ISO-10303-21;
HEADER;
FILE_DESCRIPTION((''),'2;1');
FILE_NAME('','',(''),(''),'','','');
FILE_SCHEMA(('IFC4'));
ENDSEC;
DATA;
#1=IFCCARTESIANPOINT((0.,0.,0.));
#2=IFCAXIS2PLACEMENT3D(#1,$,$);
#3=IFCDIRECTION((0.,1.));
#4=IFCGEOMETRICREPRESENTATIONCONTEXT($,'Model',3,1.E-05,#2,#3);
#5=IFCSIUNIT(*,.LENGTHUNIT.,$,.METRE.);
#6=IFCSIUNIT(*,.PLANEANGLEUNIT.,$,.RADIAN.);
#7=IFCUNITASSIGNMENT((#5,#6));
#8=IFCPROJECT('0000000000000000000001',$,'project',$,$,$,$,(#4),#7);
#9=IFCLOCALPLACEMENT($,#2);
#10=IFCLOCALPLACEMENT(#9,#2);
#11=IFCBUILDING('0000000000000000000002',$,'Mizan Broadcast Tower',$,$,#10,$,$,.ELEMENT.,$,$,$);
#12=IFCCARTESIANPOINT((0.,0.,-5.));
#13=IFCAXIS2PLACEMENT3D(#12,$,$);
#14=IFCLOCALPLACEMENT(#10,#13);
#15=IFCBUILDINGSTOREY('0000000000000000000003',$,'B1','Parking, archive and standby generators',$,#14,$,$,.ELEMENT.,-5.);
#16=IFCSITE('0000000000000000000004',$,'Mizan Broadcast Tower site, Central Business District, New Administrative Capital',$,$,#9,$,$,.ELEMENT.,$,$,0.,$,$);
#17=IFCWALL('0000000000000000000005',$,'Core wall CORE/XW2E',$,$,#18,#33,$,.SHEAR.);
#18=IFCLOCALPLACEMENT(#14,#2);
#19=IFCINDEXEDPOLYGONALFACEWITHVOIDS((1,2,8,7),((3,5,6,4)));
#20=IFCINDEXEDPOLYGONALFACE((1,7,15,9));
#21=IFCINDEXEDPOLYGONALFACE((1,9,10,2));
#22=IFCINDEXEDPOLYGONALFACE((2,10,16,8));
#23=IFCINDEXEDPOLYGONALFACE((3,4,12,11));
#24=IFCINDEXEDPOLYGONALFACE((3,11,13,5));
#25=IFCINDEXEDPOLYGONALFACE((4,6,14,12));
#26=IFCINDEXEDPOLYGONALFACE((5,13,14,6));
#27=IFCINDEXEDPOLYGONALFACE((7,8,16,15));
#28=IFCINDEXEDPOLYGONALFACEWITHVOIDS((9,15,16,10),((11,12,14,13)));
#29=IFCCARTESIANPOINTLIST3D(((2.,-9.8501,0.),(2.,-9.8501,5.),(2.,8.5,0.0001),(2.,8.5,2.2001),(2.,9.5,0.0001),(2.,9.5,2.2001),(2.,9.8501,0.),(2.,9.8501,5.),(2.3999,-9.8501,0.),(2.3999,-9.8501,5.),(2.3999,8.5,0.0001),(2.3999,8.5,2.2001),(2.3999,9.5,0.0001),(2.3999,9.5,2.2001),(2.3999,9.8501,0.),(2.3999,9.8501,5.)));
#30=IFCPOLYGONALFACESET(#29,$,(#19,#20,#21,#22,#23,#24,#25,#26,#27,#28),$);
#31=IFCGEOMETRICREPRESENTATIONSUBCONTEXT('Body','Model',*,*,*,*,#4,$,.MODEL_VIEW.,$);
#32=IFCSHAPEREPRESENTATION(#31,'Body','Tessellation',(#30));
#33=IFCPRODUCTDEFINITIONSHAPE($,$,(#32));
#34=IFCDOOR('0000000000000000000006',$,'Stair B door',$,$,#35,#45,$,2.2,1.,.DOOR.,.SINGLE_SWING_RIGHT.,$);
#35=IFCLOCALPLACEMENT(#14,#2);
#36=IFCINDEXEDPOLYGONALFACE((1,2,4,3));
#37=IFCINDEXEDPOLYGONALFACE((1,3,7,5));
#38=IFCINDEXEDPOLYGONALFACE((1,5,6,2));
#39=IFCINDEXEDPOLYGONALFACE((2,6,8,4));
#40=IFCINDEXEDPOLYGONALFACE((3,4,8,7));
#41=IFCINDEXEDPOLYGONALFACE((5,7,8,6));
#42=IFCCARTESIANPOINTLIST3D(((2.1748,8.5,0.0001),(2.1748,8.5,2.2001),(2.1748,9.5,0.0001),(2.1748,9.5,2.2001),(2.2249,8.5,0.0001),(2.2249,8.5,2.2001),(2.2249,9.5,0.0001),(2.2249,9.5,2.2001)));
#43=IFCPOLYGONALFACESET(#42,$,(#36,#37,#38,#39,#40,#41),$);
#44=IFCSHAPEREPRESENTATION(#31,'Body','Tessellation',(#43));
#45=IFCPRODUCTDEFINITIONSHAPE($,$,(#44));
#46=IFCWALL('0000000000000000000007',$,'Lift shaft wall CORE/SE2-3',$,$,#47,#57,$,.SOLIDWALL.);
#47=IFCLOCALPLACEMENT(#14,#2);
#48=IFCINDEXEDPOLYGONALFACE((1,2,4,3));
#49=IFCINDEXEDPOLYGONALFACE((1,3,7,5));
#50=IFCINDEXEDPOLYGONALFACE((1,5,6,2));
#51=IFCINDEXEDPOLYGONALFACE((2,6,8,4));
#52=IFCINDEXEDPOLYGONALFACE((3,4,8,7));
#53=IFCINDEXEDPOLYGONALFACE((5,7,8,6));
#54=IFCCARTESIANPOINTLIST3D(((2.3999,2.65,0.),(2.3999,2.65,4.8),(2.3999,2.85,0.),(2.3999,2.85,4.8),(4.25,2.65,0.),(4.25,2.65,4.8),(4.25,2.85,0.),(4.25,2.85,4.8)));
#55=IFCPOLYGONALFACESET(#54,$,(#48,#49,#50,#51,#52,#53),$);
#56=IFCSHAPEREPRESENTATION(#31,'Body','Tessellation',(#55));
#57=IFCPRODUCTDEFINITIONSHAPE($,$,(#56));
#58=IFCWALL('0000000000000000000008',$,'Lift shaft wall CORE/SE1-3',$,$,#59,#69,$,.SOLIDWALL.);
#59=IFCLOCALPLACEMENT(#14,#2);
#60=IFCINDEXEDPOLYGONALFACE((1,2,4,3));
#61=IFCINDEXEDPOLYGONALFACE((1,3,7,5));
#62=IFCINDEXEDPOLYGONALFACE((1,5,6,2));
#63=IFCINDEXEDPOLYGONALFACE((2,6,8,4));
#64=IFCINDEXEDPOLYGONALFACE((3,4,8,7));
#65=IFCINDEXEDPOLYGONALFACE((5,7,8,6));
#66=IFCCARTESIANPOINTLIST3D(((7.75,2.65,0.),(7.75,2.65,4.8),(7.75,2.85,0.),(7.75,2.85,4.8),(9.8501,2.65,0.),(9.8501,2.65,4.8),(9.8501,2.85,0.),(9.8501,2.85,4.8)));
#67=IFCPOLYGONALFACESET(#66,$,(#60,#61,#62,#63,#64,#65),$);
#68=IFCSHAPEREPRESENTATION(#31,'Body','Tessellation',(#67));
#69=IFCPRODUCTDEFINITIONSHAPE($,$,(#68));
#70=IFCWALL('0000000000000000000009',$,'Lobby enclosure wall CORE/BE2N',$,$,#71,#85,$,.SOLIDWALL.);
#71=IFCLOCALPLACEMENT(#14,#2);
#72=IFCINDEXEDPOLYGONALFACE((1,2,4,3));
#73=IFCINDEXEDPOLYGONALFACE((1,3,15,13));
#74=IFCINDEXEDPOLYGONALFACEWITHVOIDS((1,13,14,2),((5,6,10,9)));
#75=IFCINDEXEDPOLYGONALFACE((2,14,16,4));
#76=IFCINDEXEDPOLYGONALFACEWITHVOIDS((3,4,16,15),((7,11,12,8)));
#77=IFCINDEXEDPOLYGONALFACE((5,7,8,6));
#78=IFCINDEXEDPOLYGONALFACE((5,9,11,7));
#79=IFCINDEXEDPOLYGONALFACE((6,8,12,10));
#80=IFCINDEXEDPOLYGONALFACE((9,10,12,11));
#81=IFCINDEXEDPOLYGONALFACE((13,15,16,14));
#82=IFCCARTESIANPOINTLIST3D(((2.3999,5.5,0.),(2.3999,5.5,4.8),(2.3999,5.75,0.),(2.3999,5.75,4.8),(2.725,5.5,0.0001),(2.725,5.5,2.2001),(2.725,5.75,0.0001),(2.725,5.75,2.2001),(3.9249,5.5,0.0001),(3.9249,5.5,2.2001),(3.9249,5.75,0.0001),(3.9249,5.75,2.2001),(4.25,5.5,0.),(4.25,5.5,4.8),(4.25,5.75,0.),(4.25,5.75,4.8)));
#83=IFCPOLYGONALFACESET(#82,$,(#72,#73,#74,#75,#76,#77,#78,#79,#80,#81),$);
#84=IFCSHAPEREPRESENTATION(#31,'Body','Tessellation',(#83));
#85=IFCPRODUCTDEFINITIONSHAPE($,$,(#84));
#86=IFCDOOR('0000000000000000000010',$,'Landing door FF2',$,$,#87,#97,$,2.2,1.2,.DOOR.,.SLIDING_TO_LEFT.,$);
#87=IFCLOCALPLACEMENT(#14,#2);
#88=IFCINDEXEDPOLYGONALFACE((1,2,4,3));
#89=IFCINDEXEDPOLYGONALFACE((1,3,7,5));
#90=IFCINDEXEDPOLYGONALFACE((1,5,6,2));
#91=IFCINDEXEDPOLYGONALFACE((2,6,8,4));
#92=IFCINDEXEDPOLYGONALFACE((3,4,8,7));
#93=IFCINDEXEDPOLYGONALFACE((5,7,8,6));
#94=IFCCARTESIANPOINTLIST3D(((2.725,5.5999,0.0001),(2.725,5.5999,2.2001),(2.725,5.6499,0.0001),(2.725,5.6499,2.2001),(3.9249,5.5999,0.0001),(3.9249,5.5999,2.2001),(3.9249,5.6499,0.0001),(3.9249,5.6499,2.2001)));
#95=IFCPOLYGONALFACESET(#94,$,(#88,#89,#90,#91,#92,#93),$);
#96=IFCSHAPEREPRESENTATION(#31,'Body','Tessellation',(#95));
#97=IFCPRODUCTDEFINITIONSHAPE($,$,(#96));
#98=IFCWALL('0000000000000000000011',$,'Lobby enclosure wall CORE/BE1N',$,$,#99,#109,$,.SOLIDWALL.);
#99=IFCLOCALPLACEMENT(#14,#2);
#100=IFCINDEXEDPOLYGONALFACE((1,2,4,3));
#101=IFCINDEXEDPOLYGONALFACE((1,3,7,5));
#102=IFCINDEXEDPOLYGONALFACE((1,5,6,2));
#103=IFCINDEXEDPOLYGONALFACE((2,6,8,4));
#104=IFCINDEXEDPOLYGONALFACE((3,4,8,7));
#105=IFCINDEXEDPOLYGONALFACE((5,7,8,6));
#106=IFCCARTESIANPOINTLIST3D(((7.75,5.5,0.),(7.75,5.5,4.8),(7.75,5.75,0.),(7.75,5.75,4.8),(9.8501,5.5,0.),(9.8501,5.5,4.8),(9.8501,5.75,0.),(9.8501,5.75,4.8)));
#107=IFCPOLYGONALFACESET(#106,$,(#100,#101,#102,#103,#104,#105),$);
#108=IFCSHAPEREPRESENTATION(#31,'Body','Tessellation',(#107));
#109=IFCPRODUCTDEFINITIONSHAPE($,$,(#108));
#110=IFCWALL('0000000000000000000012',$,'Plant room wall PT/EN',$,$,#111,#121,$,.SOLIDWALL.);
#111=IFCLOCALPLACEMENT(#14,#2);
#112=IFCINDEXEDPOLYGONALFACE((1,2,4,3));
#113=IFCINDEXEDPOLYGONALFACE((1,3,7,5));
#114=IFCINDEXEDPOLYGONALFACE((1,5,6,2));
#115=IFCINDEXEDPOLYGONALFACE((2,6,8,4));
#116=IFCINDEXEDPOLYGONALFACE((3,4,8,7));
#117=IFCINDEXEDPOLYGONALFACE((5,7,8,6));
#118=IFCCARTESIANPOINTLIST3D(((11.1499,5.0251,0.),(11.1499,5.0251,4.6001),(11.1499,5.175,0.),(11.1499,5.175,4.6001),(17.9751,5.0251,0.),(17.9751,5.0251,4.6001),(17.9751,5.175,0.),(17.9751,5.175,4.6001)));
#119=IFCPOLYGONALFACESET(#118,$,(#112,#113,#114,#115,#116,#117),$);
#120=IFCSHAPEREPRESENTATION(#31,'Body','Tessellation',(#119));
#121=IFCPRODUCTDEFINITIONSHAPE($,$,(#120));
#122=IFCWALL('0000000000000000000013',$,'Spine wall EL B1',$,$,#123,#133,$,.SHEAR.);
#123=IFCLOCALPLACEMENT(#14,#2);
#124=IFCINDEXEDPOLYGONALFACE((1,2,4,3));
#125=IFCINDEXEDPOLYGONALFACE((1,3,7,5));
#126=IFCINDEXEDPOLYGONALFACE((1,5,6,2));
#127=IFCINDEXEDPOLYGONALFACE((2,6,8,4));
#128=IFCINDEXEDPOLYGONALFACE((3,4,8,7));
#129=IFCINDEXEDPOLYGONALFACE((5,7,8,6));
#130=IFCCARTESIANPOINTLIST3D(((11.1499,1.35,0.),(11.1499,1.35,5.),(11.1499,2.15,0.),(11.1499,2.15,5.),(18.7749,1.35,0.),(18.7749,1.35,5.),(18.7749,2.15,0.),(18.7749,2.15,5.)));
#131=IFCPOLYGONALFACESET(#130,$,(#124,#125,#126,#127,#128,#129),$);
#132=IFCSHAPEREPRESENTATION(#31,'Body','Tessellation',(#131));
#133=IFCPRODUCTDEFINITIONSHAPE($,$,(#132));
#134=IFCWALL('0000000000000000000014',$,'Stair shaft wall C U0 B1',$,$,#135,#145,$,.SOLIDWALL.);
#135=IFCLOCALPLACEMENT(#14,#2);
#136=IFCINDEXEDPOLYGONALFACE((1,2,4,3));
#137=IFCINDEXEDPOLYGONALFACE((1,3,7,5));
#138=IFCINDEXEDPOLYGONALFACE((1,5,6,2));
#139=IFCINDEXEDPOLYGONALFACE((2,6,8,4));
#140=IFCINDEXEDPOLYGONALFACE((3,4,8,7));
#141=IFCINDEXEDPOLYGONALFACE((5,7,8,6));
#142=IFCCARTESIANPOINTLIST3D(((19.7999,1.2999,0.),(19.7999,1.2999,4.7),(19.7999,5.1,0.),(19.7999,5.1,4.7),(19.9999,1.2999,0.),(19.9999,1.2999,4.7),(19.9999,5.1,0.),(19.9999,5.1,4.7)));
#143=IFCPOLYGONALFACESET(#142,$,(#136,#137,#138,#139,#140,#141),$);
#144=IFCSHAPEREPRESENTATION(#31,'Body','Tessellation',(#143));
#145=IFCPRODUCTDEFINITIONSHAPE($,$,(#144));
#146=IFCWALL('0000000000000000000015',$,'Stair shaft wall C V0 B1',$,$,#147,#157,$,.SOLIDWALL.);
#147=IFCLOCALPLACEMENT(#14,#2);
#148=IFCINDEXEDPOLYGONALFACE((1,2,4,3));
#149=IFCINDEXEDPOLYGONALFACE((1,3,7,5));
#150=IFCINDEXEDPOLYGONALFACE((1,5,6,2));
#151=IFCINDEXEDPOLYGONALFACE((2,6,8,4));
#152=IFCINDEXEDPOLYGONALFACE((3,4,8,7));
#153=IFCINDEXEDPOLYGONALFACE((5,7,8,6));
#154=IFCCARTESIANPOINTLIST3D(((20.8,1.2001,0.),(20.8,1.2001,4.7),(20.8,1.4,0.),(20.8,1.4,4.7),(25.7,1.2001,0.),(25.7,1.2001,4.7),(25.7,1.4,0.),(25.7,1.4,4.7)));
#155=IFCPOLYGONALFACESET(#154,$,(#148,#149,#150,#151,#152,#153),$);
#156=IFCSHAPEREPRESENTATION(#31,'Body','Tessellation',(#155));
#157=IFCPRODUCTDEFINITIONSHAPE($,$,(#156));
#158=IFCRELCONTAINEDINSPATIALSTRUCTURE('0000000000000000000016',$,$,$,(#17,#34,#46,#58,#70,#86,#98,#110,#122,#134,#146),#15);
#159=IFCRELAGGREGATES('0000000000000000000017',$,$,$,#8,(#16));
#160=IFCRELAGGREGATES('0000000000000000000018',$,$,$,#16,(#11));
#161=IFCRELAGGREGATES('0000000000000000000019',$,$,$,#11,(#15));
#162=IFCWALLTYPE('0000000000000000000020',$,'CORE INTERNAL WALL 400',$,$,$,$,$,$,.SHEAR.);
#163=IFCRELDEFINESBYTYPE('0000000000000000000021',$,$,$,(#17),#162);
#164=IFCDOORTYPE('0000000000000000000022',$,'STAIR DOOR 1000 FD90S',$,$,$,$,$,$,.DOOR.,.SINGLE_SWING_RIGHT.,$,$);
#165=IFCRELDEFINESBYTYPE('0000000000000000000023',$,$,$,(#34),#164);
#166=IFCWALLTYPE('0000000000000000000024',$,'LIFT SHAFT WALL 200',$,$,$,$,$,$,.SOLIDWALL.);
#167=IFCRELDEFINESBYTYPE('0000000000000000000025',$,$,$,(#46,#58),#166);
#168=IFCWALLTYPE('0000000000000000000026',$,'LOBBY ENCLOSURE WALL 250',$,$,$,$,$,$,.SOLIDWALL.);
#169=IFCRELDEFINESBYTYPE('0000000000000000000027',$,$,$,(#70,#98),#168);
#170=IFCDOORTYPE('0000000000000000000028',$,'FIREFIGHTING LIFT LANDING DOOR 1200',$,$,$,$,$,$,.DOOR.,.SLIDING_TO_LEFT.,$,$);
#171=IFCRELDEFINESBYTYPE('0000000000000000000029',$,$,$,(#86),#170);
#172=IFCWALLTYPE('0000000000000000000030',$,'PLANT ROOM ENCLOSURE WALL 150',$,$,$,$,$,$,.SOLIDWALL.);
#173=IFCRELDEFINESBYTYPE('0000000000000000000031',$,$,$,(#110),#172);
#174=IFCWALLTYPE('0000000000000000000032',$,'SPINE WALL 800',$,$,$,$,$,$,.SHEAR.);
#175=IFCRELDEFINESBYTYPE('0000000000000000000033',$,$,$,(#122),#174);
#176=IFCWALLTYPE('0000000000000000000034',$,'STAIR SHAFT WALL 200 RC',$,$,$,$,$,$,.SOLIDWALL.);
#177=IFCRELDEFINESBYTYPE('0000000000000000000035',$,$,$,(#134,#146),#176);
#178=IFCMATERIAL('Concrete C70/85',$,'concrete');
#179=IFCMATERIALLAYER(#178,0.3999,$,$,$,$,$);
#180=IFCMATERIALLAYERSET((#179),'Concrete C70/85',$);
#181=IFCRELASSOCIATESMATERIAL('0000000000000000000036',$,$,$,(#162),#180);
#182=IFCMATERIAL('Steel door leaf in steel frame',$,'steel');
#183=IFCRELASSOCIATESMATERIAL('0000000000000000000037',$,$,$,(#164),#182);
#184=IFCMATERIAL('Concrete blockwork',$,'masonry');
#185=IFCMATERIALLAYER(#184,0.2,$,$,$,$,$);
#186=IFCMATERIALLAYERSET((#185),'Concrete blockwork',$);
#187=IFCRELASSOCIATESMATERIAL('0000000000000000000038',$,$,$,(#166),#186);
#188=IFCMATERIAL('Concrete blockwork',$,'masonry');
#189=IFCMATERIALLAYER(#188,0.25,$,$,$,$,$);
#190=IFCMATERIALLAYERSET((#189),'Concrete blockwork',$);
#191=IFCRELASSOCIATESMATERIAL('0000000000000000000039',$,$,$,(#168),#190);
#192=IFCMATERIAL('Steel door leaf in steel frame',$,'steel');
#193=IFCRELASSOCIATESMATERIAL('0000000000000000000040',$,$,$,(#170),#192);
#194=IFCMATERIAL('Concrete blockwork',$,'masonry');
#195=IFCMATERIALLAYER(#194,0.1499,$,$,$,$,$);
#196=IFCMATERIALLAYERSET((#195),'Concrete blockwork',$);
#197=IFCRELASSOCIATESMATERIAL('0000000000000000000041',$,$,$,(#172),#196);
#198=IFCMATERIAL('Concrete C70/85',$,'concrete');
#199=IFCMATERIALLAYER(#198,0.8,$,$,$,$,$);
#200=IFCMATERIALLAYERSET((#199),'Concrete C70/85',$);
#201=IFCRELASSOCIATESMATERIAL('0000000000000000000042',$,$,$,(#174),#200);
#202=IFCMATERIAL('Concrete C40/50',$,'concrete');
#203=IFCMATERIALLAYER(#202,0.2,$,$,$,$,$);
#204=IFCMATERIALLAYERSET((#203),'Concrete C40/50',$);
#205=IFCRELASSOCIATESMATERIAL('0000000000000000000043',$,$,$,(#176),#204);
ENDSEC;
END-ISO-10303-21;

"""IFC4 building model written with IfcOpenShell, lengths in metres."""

from ifc_helpers import new_model, si_unit, direction, frame, frame_2d, origin, place, context, subcontext, project, spatial, rectangle, extrude, material, layer, layer_set, type_object, element, fill, save


model = new_model("IFC4")

# Units and contexts
model_context = context("Model", 3, precision=1e-05, world=origin(), true_north=direction((0.0, 1.0)))
body_context = subcontext(model_context, "Body", "Model", "MODEL_VIEW")
ifc_project = project(units=[si_unit("LENGTHUNIT", "METRE"), si_unit("PLANEANGLEUNIT", "RADIAN")], contexts=[model_context])

# Site, building, storey
site_placement = place(None, origin())
site = spatial("IfcSite", under=ifc_project, at=site_placement, Name="Mizan Broadcast Tower site, Central Business District, New Administrative Capital", CompositionType="ELEMENT", RefElevation=0.0)
building_placement = place(site_placement, origin())
building = spatial("IfcBuilding", under=site, at=building_placement, Name="Mizan Broadcast Tower", CompositionType="ELEMENT")
storey_placement = place(building_placement, frame((0.0, 0.0, -5.0)))
storey = spatial("IfcBuildingStorey", under=building, at=storey_placement, Name="B1", Description="Parking, archive and standby generators", CompositionType="ELEMENT", Elevation=-5.0)

# Wall, opening, door
ifc_material_1 = material(Name="Concrete C70/85", Category="concrete")
ifc_layer_1 = layer(ifc_material_1, 0.3999)
ifc_layer_set_1 = layer_set([ifc_layer_1], Name="Concrete C70/85")
wall_type_1 = type_object("IfcWallType", Name="CORE INTERNAL WALL 400", PredefinedType="SHEAR", material=ifc_layer_set_1)
wall_1_placement = place(storey_placement, frame((2.2, 9.8501, 0.0), z_axis=(0.0, 0.0, 1.0), x_axis=(0.0, -1.0, 0.0)))
wall_1 = element("IfcWall", 1, at=wall_1_placement, inside=storey, type_object=wall_type_1, Name="Core wall CORE/XW2E", PredefinedType="SHEAR", context=body_context, shape_type="SweptSolid", body=[
    extrude(rectangle(XDim=19.7002, YDim=0.3999, at=frame_2d((9.8501, 0.0))), origin(), (0.0, 0.0, 1.0), 5.0),
])
opening_1_placement = place(wall_1_placement, frame((0.3501, 0.0, 0.0)))
opening_1 = element("IfcOpeningElement", 2, at=opening_1_placement, cuts=wall_1, PredefinedType="OPENING", context=body_context, shape_type="SweptSolid", body=[
    extrude(rectangle(XDim=1.0, YDim=2.2, at=frame_2d((0.5, 1.1001))), frame((0.0, 0.21, 0.0), z_axis=(0.0, -1.0, 0.0), x_axis=(1.0, 0.0, 0.0)), (0.0, 0.0, 1.0), 0.4199),
])
ifc_material_2 = material(Name="Steel door leaf in steel frame", Category="steel")
door_type_1 = type_object("IfcDoorType", Name="STAIR DOOR 1000 FD90S", OperationType="SINGLE_SWING_RIGHT", PredefinedType="DOOR", material=ifc_material_2)
door_1_placement = place(opening_1_placement, origin())
door_1 = element("IfcDoor", 3, at=door_1_placement, inside=storey, type_object=door_type_1, Name="Stair B door", OperationType="SINGLE_SWING_RIGHT", OverallHeight=2.2, OverallWidth=1.0, PredefinedType="DOOR", context=body_context, shape_type="SweptSolid", body=[
    extrude(rectangle(XDim=1.0, YDim=2.2, at=frame_2d((0.5, 1.1001))), frame((0.0, 0.0249, 0.0), z_axis=(0.0, -1.0, 0.0), x_axis=(1.0, 0.0, 0.0)), (0.0, 0.0, 1.0), 0.05),
])
fill(opening_1, door_1)

# Walls
ifc_material_3 = material(Name="Concrete blockwork", Category="masonry")
ifc_layer_2 = layer(ifc_material_3, 0.2)
ifc_layer_set_2 = layer_set([ifc_layer_2], Name="Concrete blockwork")
wall_type_2 = type_object("IfcWallType", Name="LIFT SHAFT WALL 200", PredefinedType="SOLIDWALL", material=ifc_layer_set_2)
wall_2_placement = place(storey_placement, frame((2.3999, 2.75, 0.0), z_axis=(0.0, 0.0, 1.0), x_axis=(1.0, 0.0, 0.0)))
element("IfcWall", 4, at=wall_2_placement, inside=storey, type_object=wall_type_2, Name="Lift shaft wall CORE/SE2-3", PredefinedType="SOLIDWALL", context=body_context, shape_type="SweptSolid", body=[
    extrude(rectangle(XDim=1.8501, YDim=0.2, at=frame_2d((0.925, 0.0))), origin(), (0.0, 0.0, 1.0), 4.8),
])
wall_3_placement = place(storey_placement, frame((7.75, 2.75, 0.0), z_axis=(0.0, 0.0, 1.0), x_axis=(1.0, 0.0, 0.0)))
element("IfcWall", 5, at=wall_3_placement, inside=storey, type_object=wall_type_2, Name="Lift shaft wall CORE/SE1-3", PredefinedType="SOLIDWALL", context=body_context, shape_type="SweptSolid", body=[
    extrude(rectangle(XDim=2.1001, YDim=0.2, at=frame_2d((1.05, 0.0))), origin(), (0.0, 0.0, 1.0), 4.8),
])

# Wall, opening, door
ifc_material_4 = material(Name="Concrete blockwork", Category="masonry")
ifc_layer_3 = layer(ifc_material_4, 0.25)
ifc_layer_set_3 = layer_set([ifc_layer_3], Name="Concrete blockwork")
wall_type_3 = type_object("IfcWallType", Name="LOBBY ENCLOSURE WALL 250", PredefinedType="SOLIDWALL", material=ifc_layer_set_3)
wall_4_placement = place(storey_placement, frame((2.3999, 5.625, 0.0), z_axis=(0.0, 0.0, 1.0), x_axis=(1.0, 0.0, 0.0)))
wall_4 = element("IfcWall", 6, at=wall_4_placement, inside=storey, type_object=wall_type_3, Name="Lobby enclosure wall CORE/BE2N", PredefinedType="SOLIDWALL", context=body_context, shape_type="SweptSolid", body=[
    extrude(rectangle(XDim=1.8501, YDim=0.25, at=frame_2d((0.925, 0.0))), origin(), (0.0, 0.0, 1.0), 4.8),
])
opening_2_placement = place(wall_4_placement, frame((0.325, 0.0, 0.0)))
opening_2 = element("IfcOpeningElement", 7, at=opening_2_placement, cuts=wall_4, PredefinedType="OPENING", context=body_context, shape_type="SweptSolid", body=[
    extrude(rectangle(XDim=1.2, YDim=2.2, at=frame_2d((0.6001, 1.1001))), frame((0.0, 0.135, 0.0), z_axis=(0.0, -1.0, 0.0), x_axis=(1.0, 0.0, 0.0)), (0.0, 0.0, 1.0), 0.27),
])
ifc_material_5 = material(Name="Steel door leaf in steel frame", Category="steel")
door_type_2 = type_object("IfcDoorType", Name="FIREFIGHTING LIFT LANDING DOOR 1200", OperationType="SLIDING_TO_LEFT", PredefinedType="DOOR", material=ifc_material_5)
door_2_placement = place(opening_2_placement, origin())
door_2 = element("IfcDoor", 8, at=door_2_placement, inside=storey, type_object=door_type_2, Name="Landing door FF2", OperationType="SLIDING_TO_LEFT", OverallHeight=2.2, OverallWidth=1.2, PredefinedType="DOOR", context=body_context, shape_type="SweptSolid", body=[
    extrude(rectangle(XDim=1.2, YDim=2.2, at=frame_2d((0.6001, 1.1001))), frame((0.0, 0.0249, 0.0), z_axis=(0.0, -1.0, 0.0), x_axis=(1.0, 0.0, 0.0)), (0.0, 0.0, 1.0), 0.05),
])
fill(opening_2, door_2)

# Walls
wall_5_placement = place(storey_placement, frame((7.75, 5.625, 0.0), z_axis=(0.0, 0.0, 1.0), x_axis=(1.0, 0.0, 0.0)))
element("IfcWall", 9, at=wall_5_placement, inside=storey, type_object=wall_type_3, Name="Lobby enclosure wall CORE/BE1N", PredefinedType="SOLIDWALL", context=body_context, shape_type="SweptSolid", body=[
    extrude(rectangle(XDim=2.1001, YDim=0.25, at=frame_2d((1.05, 0.0))), origin(), (0.0, 0.0, 1.0), 4.8),
])
ifc_material_6 = material(Name="Concrete blockwork", Category="masonry")
ifc_layer_4 = layer(ifc_material_6, 0.1499)
ifc_layer_set_4 = layer_set([ifc_layer_4], Name="Concrete blockwork")
wall_type_4 = type_object("IfcWallType", Name="PLANT ROOM ENCLOSURE WALL 150", PredefinedType="SOLIDWALL", material=ifc_layer_set_4)
wall_6_placement = place(storey_placement, frame((11.1499, 5.1001, 0.0), z_axis=(0.0, 0.0, 1.0), x_axis=(1.0, 0.0, 0.0)))
element("IfcWall", 10, at=wall_6_placement, inside=storey, type_object=wall_type_4, Name="Plant room wall PT/EN", PredefinedType="SOLIDWALL", context=body_context, shape_type="SweptSolid", body=[
    extrude(rectangle(XDim=6.8252, YDim=0.1499, at=frame_2d((3.4126, 0.0))), origin(), (0.0, 0.0, 1.0), 4.6001),
])
ifc_material_7 = material(Name="Concrete C70/85", Category="concrete")
ifc_layer_5 = layer(ifc_material_7, 0.8)
ifc_layer_set_5 = layer_set([ifc_layer_5], Name="Concrete C70/85")
wall_type_5 = type_object("IfcWallType", Name="SPINE WALL 800", PredefinedType="SHEAR", material=ifc_layer_set_5)
wall_7_placement = place(storey_placement, frame((11.1499, 1.75, 0.0), z_axis=(0.0, 0.0, 1.0), x_axis=(1.0, 0.0, 0.0)))
element("IfcWall", 11, at=wall_7_placement, inside=storey, type_object=wall_type_5, Name="Spine wall EL B1", PredefinedType="SHEAR", context=body_context, shape_type="SweptSolid", body=[
    extrude(rectangle(XDim=7.625, YDim=0.8, at=frame_2d((3.8125, 0.0))), origin(), (0.0, 0.0, 1.0), 5.0),
])
ifc_material_8 = material(Name="Concrete C40/50", Category="concrete")
ifc_layer_6 = layer(ifc_material_8, 0.2)
ifc_layer_set_6 = layer_set([ifc_layer_6], Name="Concrete C40/50")
wall_type_6 = type_object("IfcWallType", Name="STAIR SHAFT WALL 200 RC", PredefinedType="SOLIDWALL", material=ifc_layer_set_6)
wall_8_placement = place(storey_placement, frame((19.8999, 1.3, 0.0), z_axis=(0.0, 0.0, 1.0), x_axis=(0.0, 1.0, 0.0)))
element("IfcWall", 12, at=wall_8_placement, inside=storey, type_object=wall_type_6, Name="Stair shaft wall C U0 B1", PredefinedType="SOLIDWALL", context=body_context, shape_type="SweptSolid", body=[
    extrude(rectangle(XDim=3.8, YDim=0.2, at=frame_2d((1.8999, 0.0))), origin(), (0.0, 0.0, 1.0), 4.7),
])
wall_9_placement = place(storey_placement, frame((20.8, 1.3, 0.0), z_axis=(0.0, 0.0, 1.0), x_axis=(1.0, 0.0, 0.0)))
element("IfcWall", 13, at=wall_9_placement, inside=storey, type_object=wall_type_6, Name="Stair shaft wall C V0 B1", PredefinedType="SOLIDWALL", context=body_context, shape_type="SweptSolid", body=[
    extrude(rectangle(XDim=4.8999, YDim=0.2, at=frame_2d((2.45, 0.0))), origin(), (0.0, 0.0, 1.0), 4.7),
])

save(model, "model.ifc")
